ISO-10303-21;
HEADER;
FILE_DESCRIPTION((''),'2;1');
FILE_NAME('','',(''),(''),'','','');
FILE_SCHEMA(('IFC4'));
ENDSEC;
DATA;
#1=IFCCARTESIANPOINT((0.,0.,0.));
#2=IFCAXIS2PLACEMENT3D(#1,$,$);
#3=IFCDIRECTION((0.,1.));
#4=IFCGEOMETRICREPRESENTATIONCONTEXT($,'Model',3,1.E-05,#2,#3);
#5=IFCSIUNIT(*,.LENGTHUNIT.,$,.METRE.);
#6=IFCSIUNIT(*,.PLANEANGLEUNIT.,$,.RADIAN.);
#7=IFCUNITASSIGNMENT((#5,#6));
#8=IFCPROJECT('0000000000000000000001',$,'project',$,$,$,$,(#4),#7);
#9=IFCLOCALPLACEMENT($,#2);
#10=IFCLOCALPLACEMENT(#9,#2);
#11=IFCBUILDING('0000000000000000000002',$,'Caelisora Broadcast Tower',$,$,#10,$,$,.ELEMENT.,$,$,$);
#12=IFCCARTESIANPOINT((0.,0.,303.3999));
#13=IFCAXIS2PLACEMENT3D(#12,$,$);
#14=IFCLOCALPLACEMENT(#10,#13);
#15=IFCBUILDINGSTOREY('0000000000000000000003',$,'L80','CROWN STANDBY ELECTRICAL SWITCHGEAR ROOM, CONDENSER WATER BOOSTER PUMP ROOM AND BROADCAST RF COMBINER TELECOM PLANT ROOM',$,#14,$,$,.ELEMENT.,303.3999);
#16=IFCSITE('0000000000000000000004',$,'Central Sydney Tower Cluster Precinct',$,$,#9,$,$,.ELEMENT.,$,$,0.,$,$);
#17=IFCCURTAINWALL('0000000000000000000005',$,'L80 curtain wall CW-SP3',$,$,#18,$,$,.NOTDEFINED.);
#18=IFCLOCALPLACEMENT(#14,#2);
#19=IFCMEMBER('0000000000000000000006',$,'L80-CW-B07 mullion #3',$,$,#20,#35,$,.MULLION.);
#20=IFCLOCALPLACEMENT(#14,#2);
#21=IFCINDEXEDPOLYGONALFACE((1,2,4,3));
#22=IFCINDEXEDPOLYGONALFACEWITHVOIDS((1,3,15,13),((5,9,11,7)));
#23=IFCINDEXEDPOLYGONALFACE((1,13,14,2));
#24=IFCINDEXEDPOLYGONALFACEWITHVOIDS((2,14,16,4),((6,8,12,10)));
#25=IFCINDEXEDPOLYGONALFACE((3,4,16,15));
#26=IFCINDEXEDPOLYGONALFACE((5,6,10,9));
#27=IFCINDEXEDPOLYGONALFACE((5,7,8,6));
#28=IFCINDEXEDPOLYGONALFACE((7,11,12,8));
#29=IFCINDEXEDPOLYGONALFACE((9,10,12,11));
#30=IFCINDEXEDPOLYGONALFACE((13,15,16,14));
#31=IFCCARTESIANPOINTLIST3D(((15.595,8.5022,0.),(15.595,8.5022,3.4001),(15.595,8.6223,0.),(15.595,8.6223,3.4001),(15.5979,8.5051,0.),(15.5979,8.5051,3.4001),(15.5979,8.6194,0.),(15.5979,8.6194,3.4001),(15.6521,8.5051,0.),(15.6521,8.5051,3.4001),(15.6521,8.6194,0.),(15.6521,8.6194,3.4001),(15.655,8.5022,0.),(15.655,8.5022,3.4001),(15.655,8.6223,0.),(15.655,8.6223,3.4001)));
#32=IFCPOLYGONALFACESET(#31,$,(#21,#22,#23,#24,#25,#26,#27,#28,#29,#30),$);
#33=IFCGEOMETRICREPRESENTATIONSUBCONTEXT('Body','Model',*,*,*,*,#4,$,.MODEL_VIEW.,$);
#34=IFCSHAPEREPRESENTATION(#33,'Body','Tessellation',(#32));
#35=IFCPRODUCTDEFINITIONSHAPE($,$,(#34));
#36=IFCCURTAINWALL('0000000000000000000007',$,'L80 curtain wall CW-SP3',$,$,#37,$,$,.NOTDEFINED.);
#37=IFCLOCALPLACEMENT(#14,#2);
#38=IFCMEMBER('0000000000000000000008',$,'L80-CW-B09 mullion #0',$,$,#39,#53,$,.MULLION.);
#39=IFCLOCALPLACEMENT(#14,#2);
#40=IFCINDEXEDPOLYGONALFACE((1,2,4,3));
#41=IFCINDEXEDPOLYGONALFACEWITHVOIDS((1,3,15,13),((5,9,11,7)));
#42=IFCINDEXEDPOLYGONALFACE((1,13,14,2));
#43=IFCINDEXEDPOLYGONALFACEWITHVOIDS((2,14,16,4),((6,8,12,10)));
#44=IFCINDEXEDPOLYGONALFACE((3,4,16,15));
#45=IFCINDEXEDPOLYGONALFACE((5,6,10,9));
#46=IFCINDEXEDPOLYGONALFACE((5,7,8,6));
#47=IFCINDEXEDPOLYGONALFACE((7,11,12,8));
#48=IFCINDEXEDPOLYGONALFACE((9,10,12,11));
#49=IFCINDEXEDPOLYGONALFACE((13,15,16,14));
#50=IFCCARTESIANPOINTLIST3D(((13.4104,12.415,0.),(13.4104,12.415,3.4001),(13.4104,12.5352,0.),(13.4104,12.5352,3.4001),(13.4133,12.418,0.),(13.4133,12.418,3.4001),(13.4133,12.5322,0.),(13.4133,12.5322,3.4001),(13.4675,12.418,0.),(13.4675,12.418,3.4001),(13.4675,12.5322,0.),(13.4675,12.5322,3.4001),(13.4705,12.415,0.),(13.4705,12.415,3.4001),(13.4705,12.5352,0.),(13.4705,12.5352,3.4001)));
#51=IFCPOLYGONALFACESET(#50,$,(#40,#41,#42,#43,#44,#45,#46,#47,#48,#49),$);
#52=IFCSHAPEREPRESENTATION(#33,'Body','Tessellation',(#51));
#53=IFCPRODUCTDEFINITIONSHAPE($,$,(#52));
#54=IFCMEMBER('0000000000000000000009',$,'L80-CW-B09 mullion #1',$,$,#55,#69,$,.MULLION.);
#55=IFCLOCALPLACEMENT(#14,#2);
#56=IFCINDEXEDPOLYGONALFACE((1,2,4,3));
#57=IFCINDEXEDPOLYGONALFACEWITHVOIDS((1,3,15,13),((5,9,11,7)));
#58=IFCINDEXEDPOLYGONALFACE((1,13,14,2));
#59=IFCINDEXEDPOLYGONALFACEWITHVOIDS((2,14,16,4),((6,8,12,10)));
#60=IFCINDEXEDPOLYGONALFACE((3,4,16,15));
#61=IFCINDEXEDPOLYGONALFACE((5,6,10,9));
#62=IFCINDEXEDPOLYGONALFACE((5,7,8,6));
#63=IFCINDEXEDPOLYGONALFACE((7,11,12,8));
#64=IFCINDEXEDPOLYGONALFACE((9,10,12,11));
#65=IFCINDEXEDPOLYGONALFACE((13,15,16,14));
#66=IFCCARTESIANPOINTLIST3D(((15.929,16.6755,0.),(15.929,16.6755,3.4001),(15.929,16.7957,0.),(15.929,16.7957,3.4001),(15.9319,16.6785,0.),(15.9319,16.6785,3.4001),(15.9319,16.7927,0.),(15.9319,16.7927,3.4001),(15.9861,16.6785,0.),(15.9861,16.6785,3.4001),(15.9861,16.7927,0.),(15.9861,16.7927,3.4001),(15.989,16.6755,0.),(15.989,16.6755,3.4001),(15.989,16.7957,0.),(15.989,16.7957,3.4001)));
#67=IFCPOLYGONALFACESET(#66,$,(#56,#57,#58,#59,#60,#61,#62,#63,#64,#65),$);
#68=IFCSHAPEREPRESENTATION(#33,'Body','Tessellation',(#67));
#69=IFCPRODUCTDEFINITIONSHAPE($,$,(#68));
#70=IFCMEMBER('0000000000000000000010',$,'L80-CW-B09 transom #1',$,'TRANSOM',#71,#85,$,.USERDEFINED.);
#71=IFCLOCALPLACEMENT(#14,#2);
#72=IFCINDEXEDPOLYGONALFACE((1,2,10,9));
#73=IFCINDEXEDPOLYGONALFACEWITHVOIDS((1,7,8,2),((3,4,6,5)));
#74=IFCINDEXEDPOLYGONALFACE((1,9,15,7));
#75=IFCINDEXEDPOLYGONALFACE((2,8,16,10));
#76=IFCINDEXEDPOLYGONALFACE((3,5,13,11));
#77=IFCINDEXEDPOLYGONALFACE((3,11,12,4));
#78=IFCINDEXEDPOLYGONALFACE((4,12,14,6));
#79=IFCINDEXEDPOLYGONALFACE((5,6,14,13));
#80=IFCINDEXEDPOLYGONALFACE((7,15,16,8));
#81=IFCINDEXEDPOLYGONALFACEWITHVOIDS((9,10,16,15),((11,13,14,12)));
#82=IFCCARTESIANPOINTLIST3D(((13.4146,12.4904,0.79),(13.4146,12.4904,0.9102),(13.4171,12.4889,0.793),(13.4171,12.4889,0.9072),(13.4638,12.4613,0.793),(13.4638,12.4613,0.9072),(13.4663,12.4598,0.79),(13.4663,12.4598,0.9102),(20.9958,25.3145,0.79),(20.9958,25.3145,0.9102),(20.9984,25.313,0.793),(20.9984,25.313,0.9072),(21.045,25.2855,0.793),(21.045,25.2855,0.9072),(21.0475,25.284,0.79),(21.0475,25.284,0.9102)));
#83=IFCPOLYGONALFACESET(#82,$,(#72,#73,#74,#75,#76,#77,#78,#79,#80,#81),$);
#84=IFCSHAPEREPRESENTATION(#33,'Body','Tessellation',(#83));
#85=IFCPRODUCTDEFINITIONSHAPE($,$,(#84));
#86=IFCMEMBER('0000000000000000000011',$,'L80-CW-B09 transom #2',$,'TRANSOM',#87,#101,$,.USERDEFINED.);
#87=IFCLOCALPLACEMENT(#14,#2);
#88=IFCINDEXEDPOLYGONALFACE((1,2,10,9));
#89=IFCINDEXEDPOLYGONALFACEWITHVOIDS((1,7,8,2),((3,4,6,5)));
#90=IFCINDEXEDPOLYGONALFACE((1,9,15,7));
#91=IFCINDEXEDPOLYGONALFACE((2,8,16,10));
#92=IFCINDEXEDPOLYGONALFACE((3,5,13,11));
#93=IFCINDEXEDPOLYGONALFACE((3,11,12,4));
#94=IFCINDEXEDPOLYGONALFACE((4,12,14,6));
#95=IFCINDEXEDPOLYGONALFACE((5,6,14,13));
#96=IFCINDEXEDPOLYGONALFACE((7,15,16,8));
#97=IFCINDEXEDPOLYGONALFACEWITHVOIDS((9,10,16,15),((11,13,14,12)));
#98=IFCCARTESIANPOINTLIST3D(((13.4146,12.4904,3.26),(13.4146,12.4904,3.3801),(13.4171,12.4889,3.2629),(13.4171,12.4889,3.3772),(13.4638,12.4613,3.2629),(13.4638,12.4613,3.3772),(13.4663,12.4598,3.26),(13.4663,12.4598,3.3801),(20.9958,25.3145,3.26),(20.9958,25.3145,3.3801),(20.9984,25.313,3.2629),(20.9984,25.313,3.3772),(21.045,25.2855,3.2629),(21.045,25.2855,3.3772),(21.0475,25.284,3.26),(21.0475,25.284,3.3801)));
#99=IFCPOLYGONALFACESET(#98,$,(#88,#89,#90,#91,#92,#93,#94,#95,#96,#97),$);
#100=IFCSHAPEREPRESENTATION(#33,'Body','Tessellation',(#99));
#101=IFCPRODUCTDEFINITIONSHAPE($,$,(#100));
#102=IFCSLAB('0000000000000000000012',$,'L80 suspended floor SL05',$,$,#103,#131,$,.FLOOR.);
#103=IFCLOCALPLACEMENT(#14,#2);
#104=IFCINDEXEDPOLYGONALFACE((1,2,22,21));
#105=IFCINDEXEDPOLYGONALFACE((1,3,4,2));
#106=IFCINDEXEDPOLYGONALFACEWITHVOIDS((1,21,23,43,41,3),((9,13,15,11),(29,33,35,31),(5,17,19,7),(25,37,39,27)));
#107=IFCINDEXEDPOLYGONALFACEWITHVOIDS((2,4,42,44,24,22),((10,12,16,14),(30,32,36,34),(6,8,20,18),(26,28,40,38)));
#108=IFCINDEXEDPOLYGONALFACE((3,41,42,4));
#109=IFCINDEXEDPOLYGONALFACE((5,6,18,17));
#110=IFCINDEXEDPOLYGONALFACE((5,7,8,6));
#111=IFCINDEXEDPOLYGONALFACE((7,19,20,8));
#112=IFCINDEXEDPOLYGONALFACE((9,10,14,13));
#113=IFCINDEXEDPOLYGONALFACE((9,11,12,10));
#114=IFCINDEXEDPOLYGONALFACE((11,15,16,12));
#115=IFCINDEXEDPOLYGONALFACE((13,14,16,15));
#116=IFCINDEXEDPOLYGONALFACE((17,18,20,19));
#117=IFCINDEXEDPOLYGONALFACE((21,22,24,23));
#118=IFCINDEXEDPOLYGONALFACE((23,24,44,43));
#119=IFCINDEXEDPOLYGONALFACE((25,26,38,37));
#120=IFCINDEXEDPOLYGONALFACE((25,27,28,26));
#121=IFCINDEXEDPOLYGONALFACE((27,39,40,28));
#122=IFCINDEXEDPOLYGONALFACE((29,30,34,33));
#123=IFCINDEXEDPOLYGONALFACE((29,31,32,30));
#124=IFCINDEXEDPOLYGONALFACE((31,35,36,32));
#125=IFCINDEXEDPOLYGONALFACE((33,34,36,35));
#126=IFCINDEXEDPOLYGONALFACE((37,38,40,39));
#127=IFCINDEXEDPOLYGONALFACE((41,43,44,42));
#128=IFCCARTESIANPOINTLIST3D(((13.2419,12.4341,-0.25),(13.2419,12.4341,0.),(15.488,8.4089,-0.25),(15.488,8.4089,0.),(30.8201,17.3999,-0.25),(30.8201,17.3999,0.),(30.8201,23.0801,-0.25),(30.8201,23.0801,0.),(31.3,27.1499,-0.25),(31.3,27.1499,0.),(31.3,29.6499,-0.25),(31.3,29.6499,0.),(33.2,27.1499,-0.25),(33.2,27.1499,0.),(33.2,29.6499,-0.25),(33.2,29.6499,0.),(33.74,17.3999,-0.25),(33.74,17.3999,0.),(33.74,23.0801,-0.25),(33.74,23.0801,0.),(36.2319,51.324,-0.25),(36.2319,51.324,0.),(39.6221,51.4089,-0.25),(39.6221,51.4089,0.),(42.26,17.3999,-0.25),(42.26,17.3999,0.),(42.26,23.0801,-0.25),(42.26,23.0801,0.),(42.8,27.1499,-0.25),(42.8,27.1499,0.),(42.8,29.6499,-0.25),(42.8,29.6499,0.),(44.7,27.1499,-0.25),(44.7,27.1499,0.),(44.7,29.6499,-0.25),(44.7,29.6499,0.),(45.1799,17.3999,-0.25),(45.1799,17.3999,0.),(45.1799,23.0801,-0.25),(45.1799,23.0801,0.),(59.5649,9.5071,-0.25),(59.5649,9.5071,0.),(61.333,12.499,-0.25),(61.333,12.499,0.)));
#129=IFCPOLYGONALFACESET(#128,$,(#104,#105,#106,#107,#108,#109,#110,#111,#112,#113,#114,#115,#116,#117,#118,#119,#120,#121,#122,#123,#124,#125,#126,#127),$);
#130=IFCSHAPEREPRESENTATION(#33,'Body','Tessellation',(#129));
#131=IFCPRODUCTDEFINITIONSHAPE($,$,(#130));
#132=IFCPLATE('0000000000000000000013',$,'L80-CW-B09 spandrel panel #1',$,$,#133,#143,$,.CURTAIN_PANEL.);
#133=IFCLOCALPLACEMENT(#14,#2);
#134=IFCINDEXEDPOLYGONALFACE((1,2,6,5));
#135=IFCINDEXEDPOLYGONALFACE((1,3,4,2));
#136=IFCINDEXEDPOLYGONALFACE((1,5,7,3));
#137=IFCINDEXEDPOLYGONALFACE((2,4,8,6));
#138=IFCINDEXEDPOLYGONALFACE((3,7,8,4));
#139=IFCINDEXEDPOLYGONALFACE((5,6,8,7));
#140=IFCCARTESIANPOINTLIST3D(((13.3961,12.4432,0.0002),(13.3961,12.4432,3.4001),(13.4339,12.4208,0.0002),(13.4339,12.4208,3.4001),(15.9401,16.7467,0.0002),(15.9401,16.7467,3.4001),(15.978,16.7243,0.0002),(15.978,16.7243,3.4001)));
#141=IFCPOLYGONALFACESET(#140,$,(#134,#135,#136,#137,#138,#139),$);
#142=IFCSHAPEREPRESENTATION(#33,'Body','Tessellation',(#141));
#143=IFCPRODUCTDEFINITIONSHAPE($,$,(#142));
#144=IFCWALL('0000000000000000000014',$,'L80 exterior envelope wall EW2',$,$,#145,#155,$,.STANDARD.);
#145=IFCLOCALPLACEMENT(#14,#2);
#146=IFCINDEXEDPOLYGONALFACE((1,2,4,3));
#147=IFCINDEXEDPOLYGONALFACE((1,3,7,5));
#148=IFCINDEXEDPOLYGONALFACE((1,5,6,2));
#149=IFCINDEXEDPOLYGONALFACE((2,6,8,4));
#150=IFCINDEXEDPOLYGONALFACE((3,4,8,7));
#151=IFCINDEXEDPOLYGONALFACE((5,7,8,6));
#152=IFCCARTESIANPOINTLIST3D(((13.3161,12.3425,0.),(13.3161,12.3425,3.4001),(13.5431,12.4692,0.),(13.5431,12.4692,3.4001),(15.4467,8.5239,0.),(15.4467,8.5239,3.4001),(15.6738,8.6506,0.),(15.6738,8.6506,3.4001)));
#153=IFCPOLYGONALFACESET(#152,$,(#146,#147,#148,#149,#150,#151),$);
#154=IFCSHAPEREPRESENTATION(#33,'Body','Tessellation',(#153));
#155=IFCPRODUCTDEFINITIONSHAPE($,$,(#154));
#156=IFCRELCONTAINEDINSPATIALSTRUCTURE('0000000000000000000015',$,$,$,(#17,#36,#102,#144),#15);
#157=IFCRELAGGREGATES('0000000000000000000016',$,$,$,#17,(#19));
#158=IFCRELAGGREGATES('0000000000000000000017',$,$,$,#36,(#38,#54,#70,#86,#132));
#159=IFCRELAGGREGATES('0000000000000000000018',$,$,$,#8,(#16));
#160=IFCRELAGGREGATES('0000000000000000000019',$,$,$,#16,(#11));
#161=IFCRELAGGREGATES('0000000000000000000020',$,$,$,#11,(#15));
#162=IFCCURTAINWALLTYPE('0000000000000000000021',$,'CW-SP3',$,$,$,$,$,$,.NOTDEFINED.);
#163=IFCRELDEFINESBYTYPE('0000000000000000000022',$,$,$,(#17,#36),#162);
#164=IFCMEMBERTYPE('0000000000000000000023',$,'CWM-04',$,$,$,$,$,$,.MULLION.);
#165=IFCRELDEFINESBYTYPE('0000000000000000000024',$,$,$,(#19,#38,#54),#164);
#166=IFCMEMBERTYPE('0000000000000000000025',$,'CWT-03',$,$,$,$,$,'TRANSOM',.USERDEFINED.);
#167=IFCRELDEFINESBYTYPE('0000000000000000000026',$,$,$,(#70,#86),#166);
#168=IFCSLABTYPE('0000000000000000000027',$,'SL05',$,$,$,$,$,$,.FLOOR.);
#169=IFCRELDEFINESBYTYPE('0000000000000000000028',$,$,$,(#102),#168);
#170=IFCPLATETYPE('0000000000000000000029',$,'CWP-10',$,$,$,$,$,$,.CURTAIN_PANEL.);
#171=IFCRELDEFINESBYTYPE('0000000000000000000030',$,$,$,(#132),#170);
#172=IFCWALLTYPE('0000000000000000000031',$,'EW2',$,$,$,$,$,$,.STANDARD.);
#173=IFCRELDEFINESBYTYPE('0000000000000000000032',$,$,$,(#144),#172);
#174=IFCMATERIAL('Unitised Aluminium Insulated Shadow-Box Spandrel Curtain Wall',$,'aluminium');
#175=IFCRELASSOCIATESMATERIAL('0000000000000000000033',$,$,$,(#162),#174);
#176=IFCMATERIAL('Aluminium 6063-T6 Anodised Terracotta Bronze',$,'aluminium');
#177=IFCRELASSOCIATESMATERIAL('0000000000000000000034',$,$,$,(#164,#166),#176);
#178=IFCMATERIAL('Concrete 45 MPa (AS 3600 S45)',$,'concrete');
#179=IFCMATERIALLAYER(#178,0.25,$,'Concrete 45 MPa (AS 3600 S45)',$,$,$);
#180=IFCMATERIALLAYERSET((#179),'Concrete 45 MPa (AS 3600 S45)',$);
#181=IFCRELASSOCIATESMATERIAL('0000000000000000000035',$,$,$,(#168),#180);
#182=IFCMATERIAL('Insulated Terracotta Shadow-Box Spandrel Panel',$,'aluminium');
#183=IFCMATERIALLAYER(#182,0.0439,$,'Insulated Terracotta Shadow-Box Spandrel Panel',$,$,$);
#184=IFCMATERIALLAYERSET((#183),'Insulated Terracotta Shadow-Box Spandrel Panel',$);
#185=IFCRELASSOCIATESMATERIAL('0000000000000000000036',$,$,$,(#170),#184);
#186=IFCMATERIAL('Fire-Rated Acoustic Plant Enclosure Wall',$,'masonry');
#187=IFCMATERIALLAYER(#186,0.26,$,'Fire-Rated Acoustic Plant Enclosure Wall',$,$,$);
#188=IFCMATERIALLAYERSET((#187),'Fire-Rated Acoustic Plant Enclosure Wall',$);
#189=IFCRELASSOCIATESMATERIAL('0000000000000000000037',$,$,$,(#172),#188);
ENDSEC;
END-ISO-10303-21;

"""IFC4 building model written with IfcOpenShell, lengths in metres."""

from ifc_helpers import new_model, si_unit, direction, frame, frame_2d, origin, origin_2d, place, context, subcontext, project, spatial, polyline, rectangle, hollow_rectangle, outline, extrude, source, transform, mapped, material, layer, layer_set, material_profile, profile_set, type_object, type_shapes, element, aggregate, save


model = new_model("IFC4")

# Units and contexts
model_context = context("Model", 3, precision=1e-05, world=origin(), true_north=direction((0.0, 1.0)))
body_context = subcontext(model_context, "Body", "Model", "MODEL_VIEW")
ifc_project = project(units=[si_unit("LENGTHUNIT", "METRE"), si_unit("PLANEANGLEUNIT", "RADIAN")], contexts=[model_context])

# Site, building, storey
site_placement = place(None, origin())
site = spatial("IfcSite", under=ifc_project, at=site_placement, Name="Central Sydney Tower Cluster Precinct", CompositionType="ELEMENT", RefElevation=0.0)
building_placement = place(site_placement, origin())
building = spatial("IfcBuilding", under=site, at=building_placement, Name="Caelisora Broadcast Tower", CompositionType="ELEMENT")
storey_placement = place(building_placement, frame((0.0, 0.0, 303.3999)))
storey = spatial("IfcBuildingStorey", under=building, at=storey_placement, Name="L80", Description="CROWN STANDBY ELECTRICAL SWITCHGEAR ROOM, CONDENSER WATER BOOSTER PUMP ROOM AND BROADCAST RF COMBINER TELECOM PLANT ROOM", CompositionType="ELEMENT", Elevation=303.3999)

# Curtain wall, member
ifc_material_1 = material(Name="Unitised Aluminium Insulated Shadow-Box Spandrel Curtain Wall", Category="aluminium")
curtain_wall_type = type_object("IfcCurtainWallType", Name="CW-SP3", PredefinedType="NOTDEFINED", material=ifc_material_1)
curtain_wall_1_placement = place(storey_placement, origin())
curtain_wall_1 = element("IfcCurtainWall", 1, at=curtain_wall_1_placement, inside=storey, type_object=curtain_wall_type, Name="L80 curtain wall CW-SP3", PredefinedType="NOTDEFINED")
ifc_material_2 = material(Name="Aluminium 6063-T6 Anodised Terracotta Bronze", Category="aluminium")
ifc_material_profile_1 = material_profile(ifc_material_2, hollow_rectangle(XDim=0.0601, YDim=0.1201, WallThickness=0.0029, at=origin_2d()), Name="Aluminium 6063-T6 Anodised Terracotta Bronze")
ifc_profile_set_1 = profile_set([ifc_material_profile_1], Name="Aluminium 6063-T6 Anodised Terracotta Bronze")
member_type_1 = type_object("IfcMemberType", Name="CWM-04", PredefinedType="MULLION", material=ifc_profile_set_1)
shared_shape_1 = source(origin(), body_context, "Body", "SweptSolid", [
    extrude(hollow_rectangle(XDim=0.0601, YDim=0.1201, WallThickness=0.0029, at=origin_2d()), origin(), (0.0, 0.0, 1.0), 3.4001),
])
type_shapes(member_type_1, [shared_shape_1])
member_1_placement = place(storey_placement, frame((15.625, 8.5623, 0.0), z_axis=(0.0, 0.0, 1.0), x_axis=(1.0, 0.0, 0.0)))
member_1 = element("IfcMember", 2, at=member_1_placement, type_object=member_type_1, Name="L80-CW-B07 mullion #3", PredefinedType="MULLION", context=body_context, shape_type="MappedRepresentation", body=[
    mapped(shared_shape_1, transform((0.0, 0.0, 0.0), scale=1.0)),
])
aggregate(curtain_wall_1, [member_1])

# Curtain wall, members
curtain_wall_2_placement = place(storey_placement, origin())
curtain_wall_2 = element("IfcCurtainWall", 3, at=curtain_wall_2_placement, inside=storey, type_object=curtain_wall_type, Name="L80 curtain wall CW-SP3", PredefinedType="NOTDEFINED")
member_2_placement = place(storey_placement, frame((13.4404, 12.4751, 0.0), z_axis=(0.0, 0.0, 1.0), x_axis=(1.0, 0.0, 0.0)))
member_2 = element("IfcMember", 4, at=member_2_placement, type_object=member_type_1, Name="L80-CW-B09 mullion #0", PredefinedType="MULLION", context=body_context, shape_type="MappedRepresentation", body=[
    mapped(shared_shape_1, transform((0.0, 0.0, 0.0), scale=1.0)),
])
member_3_placement = place(storey_placement, frame((15.959, 16.7356, 0.0), z_axis=(0.0, 0.0, 1.0), x_axis=(1.0, 0.0, 0.0)))
member_3 = element("IfcMember", 5, at=member_3_placement, type_object=member_type_1, Name="L80-CW-B09 mullion #1", PredefinedType="MULLION", context=body_context, shape_type="MappedRepresentation", body=[
    mapped(shared_shape_1, transform((0.0, 0.0, 0.0), scale=1.0)),
])
ifc_material_profile_2 = material_profile(ifc_material_2, hollow_rectangle(XDim=0.0601, YDim=0.1201, WallThickness=0.0029, at=origin_2d()), Name="Aluminium 6063-T6 Anodised Terracotta Bronze")
ifc_profile_set_2 = profile_set([ifc_material_profile_2], Name="Aluminium 6063-T6 Anodised Terracotta Bronze")
member_type_2 = type_object("IfcMemberType", Name="CWT-03", ElementType="TRANSOM", PredefinedType="USERDEFINED", material=ifc_profile_set_2)
shared_shape_2 = source(origin(), body_context, "Body", "SweptSolid", [
    extrude(hollow_rectangle(XDim=0.0601, YDim=0.1201, WallThickness=0.0029, at=origin_2d()), origin(), (0.0, 0.0, 1.0), 14.8975),
])
type_shapes(member_type_2, [shared_shape_2])
member_4_placement = place(storey_placement, frame((13.4404, 12.4751, 0.8501), z_axis=(0.508896, 0.860828, 0.0), x_axis=(-0.860828, 0.508896, 0.0)))
member_4 = element("IfcMember", 6, at=member_4_placement, type_object=member_type_2, Name="L80-CW-B09 transom #1", ObjectType="TRANSOM", PredefinedType="USERDEFINED", context=body_context, shape_type="MappedRepresentation", body=[
    mapped(shared_shape_2, transform((0.0, 0.0, 0.0), scale=1.0)),
])
member_5_placement = place(storey_placement, frame((13.4404, 12.4751, 3.3201), z_axis=(0.508896, 0.860828, 0.0), x_axis=(-0.860828, 0.508896, 0.0)))
member_5 = element("IfcMember", 7, at=member_5_placement, type_object=member_type_2, Name="L80-CW-B09 transom #2", ObjectType="TRANSOM", PredefinedType="USERDEFINED", context=body_context, shape_type="MappedRepresentation", body=[
    mapped(shared_shape_2, transform((0.0, 0.0, 0.0), scale=1.0)),
])

# Slab
ifc_material_3 = material(Name="Concrete 45 MPa (AS 3600 S45)", Category="concrete")
ifc_layer_1 = layer(ifc_material_3, 0.25, Name="Concrete 45 MPa (AS 3600 S45)")
ifc_layer_set_1 = layer_set([ifc_layer_1], Name="Concrete 45 MPa (AS 3600 S45)")
slab_type = type_object("IfcSlabType", Name="SL05", PredefinedType="FLOOR", material=ifc_layer_set_1)
slab_placement = place(storey_placement, frame((0.0, 0.0, -0.25)))
element("IfcSlab", 8, at=slab_placement, inside=storey, type_object=slab_type, Name="L80 suspended floor SL05", PredefinedType="FLOOR", context=body_context, shape_type="SweptSolid", body=[
    extrude(outline(polyline([(61.333, 12.499), (59.5649, 9.5071), (15.488, 8.4089), (13.2419, 12.4341), (36.2319, 51.324), (39.6221, 51.4089), (61.333, 12.499)]), holes=[polyline([(30.8201, 17.3999), (33.74, 17.3999), (33.74, 23.0801), (30.8201, 23.0801), (30.8201, 17.3999)]), polyline([(42.26, 17.3999), (45.1799, 17.3999), (45.1799, 23.0801), (42.26, 23.0801), (42.26, 17.3999)]), polyline([(42.8, 27.1499), (44.7, 27.1499), (44.7, 29.6499), (42.8, 29.6499), (42.8, 27.1499)]), polyline([(31.3, 27.1499), (33.2, 27.1499), (33.2, 29.6499), (31.3, 29.6499), (31.3, 27.1499)])]), origin(), (0.0, 0.0, 1.0), 0.25),
])

# Plate
ifc_material_4 = material(Name="Insulated Terracotta Shadow-Box Spandrel Panel", Category="aluminium")
ifc_layer_2 = layer(ifc_material_4, 0.0439, Name="Insulated Terracotta Shadow-Box Spandrel Panel")
ifc_layer_set_2 = layer_set([ifc_layer_2], Name="Insulated Terracotta Shadow-Box Spandrel Panel")
plate_type = type_object("IfcPlateType", Name="CWP-10", PredefinedType="CURTAIN_PANEL", material=ifc_layer_set_2)
shared_shape_3 = source(origin(), body_context, "Body", "SweptSolid", [
    extrude(rectangle(XDim=4.9993, YDim=0.0439, at=origin_2d()), origin(), (0.0, 0.0, 1.0), 3.3999),
])
type_shapes(plate_type, [shared_shape_3])
plate_placement = place(storey_placement, frame((14.687, 14.5837, 0.0002), z_axis=(0.0, 0.0, 1.0), x_axis=(0.508891, 0.860831, 0.0)))
plate = element("IfcPlate", 9, at=plate_placement, type_object=plate_type, Name="L80-CW-B09 spandrel panel #1", PredefinedType="CURTAIN_PANEL", context=body_context, shape_type="MappedRepresentation", body=[
    mapped(shared_shape_3, transform((0.0, 0.0, 0.0), scale=1.0)),
])
aggregate(curtain_wall_2, [member_2, member_3, member_4, member_5, plate])

# Wall
ifc_material_5 = material(Name="Fire-Rated Acoustic Plant Enclosure Wall", Category="masonry")
ifc_layer_3 = layer(ifc_material_5, 0.26, Name="Fire-Rated Acoustic Plant Enclosure Wall")
ifc_layer_set_3 = layer_set([ifc_layer_3], Name="Fire-Rated Acoustic Plant Enclosure Wall")
wall_type = type_object("IfcWallType", Name="EW2", PredefinedType="STANDARD", material=ifc_layer_set_3)
wall_placement = place(storey_placement, frame((15.5603, 8.5872, 0.0), z_axis=(0.0, 0.0, 1.0), x_axis=(-0.487244, 0.873266, 0.0)))
element("IfcWall", 10, at=wall_placement, inside=storey, type_object=wall_type, Name="L80 exterior envelope wall EW2", PredefinedType="STANDARD", context=body_context, shape_type="SweptSolid", body=[
    extrude(rectangle(XDim=4.3728, YDim=0.26, at=frame_2d((2.1865, 0.0))), origin(), (0.0, 0.0, 1.0), 3.4001),
])

save(model, "model.ifc")
